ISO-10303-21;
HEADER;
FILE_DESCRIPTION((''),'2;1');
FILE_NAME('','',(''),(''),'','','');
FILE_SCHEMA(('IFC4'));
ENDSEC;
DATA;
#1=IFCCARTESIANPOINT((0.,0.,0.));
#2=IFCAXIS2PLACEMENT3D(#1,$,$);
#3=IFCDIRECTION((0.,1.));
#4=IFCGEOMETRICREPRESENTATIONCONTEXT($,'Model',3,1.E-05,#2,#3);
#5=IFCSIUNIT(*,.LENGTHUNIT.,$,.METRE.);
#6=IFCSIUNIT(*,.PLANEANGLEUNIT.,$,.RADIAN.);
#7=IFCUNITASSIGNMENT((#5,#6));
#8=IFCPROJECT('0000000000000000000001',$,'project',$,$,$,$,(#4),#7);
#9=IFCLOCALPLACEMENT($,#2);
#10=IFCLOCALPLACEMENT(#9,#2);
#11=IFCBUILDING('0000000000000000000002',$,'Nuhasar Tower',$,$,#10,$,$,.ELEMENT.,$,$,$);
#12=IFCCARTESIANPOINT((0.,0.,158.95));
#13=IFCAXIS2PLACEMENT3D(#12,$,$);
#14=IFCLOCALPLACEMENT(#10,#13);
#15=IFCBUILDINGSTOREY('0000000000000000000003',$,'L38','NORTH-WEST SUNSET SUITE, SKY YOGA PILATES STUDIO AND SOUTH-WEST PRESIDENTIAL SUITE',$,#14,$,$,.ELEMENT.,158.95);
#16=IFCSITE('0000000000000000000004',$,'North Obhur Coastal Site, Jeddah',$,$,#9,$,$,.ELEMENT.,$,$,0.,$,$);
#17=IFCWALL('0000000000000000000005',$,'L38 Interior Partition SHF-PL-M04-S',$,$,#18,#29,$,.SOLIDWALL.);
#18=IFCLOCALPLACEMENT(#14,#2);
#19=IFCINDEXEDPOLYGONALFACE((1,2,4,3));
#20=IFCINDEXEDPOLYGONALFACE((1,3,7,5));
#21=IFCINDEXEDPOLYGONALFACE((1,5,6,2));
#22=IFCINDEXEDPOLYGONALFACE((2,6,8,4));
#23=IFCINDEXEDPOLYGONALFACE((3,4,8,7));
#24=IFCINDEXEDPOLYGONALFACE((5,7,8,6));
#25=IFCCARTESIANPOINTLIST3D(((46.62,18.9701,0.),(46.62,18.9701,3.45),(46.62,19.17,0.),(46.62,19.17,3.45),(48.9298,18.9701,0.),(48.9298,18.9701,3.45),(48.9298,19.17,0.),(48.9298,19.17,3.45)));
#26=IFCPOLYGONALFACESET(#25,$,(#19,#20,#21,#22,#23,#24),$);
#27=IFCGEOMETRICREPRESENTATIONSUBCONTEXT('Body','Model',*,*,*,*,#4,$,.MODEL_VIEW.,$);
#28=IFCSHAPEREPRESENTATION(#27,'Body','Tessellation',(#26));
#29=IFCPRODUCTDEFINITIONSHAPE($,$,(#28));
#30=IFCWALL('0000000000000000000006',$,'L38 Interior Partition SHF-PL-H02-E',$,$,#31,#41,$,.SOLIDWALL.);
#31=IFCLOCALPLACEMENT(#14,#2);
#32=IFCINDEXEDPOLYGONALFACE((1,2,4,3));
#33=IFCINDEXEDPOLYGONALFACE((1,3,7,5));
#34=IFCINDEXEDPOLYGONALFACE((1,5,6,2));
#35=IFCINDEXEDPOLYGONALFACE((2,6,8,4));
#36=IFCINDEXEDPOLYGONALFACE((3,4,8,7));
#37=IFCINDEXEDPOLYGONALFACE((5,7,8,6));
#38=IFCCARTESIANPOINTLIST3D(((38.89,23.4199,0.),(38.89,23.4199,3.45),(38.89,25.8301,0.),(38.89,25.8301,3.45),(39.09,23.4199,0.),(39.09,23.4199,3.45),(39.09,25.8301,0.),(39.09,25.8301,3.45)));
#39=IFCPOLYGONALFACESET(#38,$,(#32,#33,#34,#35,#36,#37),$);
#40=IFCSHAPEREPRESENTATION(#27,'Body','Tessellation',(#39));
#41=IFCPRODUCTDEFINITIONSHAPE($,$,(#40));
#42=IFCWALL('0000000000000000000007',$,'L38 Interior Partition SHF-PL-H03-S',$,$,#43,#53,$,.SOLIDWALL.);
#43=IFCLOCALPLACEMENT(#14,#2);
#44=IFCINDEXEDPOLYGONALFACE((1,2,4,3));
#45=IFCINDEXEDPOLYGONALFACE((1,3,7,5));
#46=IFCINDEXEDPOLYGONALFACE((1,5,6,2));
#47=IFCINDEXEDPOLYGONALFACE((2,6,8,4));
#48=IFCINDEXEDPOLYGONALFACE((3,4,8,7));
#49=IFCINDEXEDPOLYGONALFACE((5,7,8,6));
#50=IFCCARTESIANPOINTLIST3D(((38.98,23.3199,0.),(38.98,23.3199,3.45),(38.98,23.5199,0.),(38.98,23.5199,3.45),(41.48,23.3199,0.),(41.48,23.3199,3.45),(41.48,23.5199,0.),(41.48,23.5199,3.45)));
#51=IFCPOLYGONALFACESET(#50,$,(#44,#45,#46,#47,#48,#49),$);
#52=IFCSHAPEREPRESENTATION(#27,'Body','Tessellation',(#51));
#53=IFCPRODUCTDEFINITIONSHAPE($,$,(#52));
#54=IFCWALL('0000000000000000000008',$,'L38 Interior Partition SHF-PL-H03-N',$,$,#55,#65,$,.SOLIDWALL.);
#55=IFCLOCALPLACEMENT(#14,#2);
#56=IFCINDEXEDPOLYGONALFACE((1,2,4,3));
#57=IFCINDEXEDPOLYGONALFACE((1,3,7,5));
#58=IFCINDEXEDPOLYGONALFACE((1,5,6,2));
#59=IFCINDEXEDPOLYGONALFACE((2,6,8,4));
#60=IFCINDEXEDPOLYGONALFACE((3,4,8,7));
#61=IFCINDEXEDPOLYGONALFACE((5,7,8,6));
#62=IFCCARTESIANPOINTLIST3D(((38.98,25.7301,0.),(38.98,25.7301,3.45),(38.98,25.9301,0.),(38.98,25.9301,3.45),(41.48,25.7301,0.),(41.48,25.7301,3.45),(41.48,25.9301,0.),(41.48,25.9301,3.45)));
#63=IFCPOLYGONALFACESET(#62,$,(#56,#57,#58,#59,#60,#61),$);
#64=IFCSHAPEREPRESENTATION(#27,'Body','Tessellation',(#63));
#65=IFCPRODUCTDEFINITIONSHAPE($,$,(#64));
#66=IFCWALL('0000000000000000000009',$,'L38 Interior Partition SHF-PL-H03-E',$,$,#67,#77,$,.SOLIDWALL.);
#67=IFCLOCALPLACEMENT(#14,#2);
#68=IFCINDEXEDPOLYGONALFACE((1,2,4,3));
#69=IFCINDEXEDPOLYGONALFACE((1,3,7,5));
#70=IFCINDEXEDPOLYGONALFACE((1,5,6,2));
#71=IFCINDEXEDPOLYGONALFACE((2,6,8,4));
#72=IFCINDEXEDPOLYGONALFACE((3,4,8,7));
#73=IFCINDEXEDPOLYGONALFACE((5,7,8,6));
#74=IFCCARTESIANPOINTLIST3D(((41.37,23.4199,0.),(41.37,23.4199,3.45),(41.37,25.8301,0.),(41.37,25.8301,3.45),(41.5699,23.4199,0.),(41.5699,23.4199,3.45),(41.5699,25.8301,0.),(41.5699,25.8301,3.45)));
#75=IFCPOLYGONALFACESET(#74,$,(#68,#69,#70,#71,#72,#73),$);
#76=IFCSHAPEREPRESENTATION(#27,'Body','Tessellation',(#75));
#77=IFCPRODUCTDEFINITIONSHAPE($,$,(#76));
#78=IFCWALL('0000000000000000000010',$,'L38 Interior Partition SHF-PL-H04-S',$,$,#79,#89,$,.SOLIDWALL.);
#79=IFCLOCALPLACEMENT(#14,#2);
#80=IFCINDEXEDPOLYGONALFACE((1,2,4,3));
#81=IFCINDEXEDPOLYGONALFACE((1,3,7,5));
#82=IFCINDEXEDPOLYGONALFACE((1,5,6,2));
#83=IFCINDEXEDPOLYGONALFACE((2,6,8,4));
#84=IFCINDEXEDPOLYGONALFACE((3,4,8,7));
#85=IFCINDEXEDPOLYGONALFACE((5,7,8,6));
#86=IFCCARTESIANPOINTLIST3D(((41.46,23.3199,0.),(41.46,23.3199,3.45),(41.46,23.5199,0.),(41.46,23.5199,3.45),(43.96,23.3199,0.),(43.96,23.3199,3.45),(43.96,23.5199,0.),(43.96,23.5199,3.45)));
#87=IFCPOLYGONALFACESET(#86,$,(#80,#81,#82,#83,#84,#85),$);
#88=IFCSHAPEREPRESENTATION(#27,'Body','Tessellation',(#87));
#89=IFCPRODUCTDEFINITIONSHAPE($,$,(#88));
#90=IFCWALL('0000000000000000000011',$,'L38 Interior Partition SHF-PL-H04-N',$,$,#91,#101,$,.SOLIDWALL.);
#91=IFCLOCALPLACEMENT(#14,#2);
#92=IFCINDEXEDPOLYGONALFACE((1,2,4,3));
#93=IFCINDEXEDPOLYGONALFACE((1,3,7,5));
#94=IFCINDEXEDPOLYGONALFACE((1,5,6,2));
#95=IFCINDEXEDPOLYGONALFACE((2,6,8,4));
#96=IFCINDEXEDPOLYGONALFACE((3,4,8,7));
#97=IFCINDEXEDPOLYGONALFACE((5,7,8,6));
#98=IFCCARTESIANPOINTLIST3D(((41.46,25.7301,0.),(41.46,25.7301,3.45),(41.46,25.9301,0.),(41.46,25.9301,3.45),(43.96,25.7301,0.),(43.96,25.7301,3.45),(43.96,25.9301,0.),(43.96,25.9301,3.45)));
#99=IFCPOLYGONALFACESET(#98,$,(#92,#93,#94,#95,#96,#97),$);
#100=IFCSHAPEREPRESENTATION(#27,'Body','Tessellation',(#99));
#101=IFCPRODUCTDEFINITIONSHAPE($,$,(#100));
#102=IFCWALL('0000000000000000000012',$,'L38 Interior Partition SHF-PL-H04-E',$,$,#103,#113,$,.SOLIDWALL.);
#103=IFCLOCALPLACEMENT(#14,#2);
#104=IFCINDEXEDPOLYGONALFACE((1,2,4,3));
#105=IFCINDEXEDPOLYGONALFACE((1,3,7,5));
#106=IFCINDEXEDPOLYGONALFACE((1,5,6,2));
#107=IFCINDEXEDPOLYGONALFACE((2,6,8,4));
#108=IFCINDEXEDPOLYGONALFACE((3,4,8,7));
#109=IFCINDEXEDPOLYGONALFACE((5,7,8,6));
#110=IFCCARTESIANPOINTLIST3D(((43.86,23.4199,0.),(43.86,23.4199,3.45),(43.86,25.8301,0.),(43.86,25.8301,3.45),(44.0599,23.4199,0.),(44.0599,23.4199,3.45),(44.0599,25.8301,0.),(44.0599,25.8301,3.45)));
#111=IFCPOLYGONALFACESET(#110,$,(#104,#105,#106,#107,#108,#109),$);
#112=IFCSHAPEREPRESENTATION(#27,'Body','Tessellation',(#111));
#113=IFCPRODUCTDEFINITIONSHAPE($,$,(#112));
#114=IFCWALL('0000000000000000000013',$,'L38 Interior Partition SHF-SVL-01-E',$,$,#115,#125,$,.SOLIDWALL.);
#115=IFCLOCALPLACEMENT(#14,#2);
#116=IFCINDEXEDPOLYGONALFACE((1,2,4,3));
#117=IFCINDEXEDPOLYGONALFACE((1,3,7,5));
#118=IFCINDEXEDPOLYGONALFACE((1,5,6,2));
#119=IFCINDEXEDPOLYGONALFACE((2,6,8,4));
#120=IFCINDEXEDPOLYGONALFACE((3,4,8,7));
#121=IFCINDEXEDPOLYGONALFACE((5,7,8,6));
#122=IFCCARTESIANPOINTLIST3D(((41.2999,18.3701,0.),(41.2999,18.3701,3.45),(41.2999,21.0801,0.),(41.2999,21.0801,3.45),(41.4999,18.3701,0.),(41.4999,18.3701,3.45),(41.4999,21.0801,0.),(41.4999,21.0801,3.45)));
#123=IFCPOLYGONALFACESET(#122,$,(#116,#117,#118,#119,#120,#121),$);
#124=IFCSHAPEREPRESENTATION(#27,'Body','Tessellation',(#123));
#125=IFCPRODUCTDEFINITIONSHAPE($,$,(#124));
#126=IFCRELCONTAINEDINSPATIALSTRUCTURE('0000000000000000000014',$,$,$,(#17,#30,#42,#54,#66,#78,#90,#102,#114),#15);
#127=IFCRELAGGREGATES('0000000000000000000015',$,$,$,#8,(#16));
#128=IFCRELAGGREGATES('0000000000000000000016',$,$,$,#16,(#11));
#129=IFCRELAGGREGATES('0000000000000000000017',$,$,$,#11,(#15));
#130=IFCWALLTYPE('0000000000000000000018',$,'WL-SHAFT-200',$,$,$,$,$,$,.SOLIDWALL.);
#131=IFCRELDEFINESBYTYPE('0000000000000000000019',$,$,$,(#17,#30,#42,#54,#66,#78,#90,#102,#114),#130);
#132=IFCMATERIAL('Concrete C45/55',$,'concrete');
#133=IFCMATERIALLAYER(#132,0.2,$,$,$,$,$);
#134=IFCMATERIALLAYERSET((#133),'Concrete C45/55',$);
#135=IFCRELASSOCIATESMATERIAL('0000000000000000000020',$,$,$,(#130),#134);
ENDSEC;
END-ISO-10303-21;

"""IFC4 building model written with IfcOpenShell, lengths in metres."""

from ifc_helpers import new_model, si_unit, direction, frame, frame_2d, origin, place, context, subcontext, project, spatial, rectangle, extrude, material, layer, layer_set, type_object, element, save


model = new_model("IFC4")

# Units and contexts
model_context = context("Model", 3, precision=1e-05, world=origin(), true_north=direction((0.0, 1.0)))
body_context = subcontext(model_context, "Body", "Model", "MODEL_VIEW")
ifc_project = project(units=[si_unit("LENGTHUNIT", "METRE"), si_unit("PLANEANGLEUNIT", "RADIAN")], contexts=[model_context])

# Site, building, storey
site_placement = place(None, origin())
site = spatial("IfcSite", under=ifc_project, at=site_placement, Name="North Obhur Coastal Site, Jeddah", CompositionType="ELEMENT", RefElevation=0.0)
building_placement = place(site_placement, origin())
building = spatial("IfcBuilding", under=site, at=building_placement, Name="Nuhasar Tower", CompositionType="ELEMENT")
storey_placement = place(building_placement, frame((0.0, 0.0, 158.95)))
storey = spatial("IfcBuildingStorey", under=building, at=storey_placement, Name="L38", Description="NORTH-WEST SUNSET SUITE, SKY YOGA PILATES STUDIO AND SOUTH-WEST PRESIDENTIAL SUITE", CompositionType="ELEMENT", Elevation=158.95)

# Shared definitions
ifc_material_1 = material(Name="Concrete C45/55", Category="concrete")

# Shared definitions
ifc_layer_1 = layer(ifc_material_1, 0.2)
ifc_layer_set_1 = layer_set([ifc_layer_1], Name="Concrete C45/55")
wall_type_1 = type_object("IfcWallType", Name="WL-SHAFT-200", PredefinedType="SOLIDWALL", material=ifc_layer_set_1)

# Walls
wall_1_placement = place(storey_placement, frame((46.6201, 19.0701, 0.0), z_axis=(0.0, 0.0, 1.0), x_axis=(1.0, 0.0, 0.0)))
element("IfcWall", 1, at=wall_1_placement, inside=storey, type_object=wall_type_1, Name="L38 Interior Partition SHF-PL-M04-S", PredefinedType="SOLIDWALL", context=body_context, shape_type="SweptSolid", body=[
    extrude(rectangle(XDim=2.3098, YDim=0.2, at=frame_2d((1.1548, 0.0))), origin(), (0.0, 0.0, 1.0), 3.45),
])
wall_2_placement = place(storey_placement, frame((38.99, 23.4199, 0.0), z_axis=(0.0, 0.0, 1.0), x_axis=(0.0, 1.0, 0.0)))
element("IfcWall", 2, at=wall_2_placement, inside=storey, type_object=wall_type_1, Name="L38 Interior Partition SHF-PL-H02-E", PredefinedType="SOLIDWALL", context=body_context, shape_type="SweptSolid", body=[
    extrude(rectangle(XDim=2.4102, YDim=0.2, at=frame_2d((1.2051, 0.0))), origin(), (0.0, 0.0, 1.0), 3.45),
])
for number, where, z_axis, x_axis, name in (
    (3, (38.98, 23.4199, 0.0), (0.0, 0.0, 1.0), (1.0, 0.0, 0.0), "L38 Interior Partition SHF-PL-H03-S"),
    (4, (38.98, 25.8301, 0.0), (0.0, 0.0, 1.0), (1.0, 0.0, 0.0), "L38 Interior Partition SHF-PL-H03-N"),
):
    element("IfcWall", number, at=place(storey_placement, frame(where, z_axis=z_axis, x_axis=x_axis)), inside=storey, type_object=wall_type_1, Name=name, PredefinedType="SOLIDWALL", context=body_context, shape_type="SweptSolid", body=[
        extrude(rectangle(XDim=2.5, YDim=0.2, at=frame_2d((1.25, 0.0))), origin(), (0.0, 0.0, 1.0), 3.45),
    ])
wall_3_placement = place(storey_placement, frame((41.47, 23.4199, 0.0), z_axis=(0.0, 0.0, 1.0), x_axis=(0.0, 1.0, 0.0)))
element("IfcWall", 5, at=wall_3_placement, inside=storey, type_object=wall_type_1, Name="L38 Interior Partition SHF-PL-H03-E", PredefinedType="SOLIDWALL", context=body_context, shape_type="SweptSolid", body=[
    extrude(rectangle(XDim=2.4102, YDim=0.2, at=frame_2d((1.2051, 0.0))), origin(), (0.0, 0.0, 1.0), 3.45),
])
for number, where, z_axis, x_axis, name in (
    (6, (41.46, 23.4199, 0.0), (0.0, 0.0, 1.0), (1.0, 0.0, 0.0), "L38 Interior Partition SHF-PL-H04-S"),
    (7, (41.46, 25.8301, 0.0), (0.0, 0.0, 1.0), (1.0, 0.0, 0.0), "L38 Interior Partition SHF-PL-H04-N"),
):
    element("IfcWall", number, at=place(storey_placement, frame(where, z_axis=z_axis, x_axis=x_axis)), inside=storey, type_object=wall_type_1, Name=name, PredefinedType="SOLIDWALL", context=body_context, shape_type="SweptSolid", body=[
        extrude(rectangle(XDim=2.5, YDim=0.2, at=frame_2d((1.25, 0.0))), origin(), (0.0, 0.0, 1.0), 3.45),
    ])
wall_4_placement = place(storey_placement, frame((43.96, 23.4199, 0.0), z_axis=(0.0, 0.0, 1.0), x_axis=(0.0, 1.0, 0.0)))
element("IfcWall", 8, at=wall_4_placement, inside=storey, type_object=wall_type_1, Name="L38 Interior Partition SHF-PL-H04-E", PredefinedType="SOLIDWALL", context=body_context, shape_type="SweptSolid", body=[
    extrude(rectangle(XDim=2.4102, YDim=0.2, at=frame_2d((1.2051, 0.0))), origin(), (0.0, 0.0, 1.0), 3.45),
])
wall_5_placement = place(storey_placement, frame((41.3999, 18.3701, 0.0), z_axis=(0.0, 0.0, 1.0), x_axis=(0.0, 1.0, 0.0)))
element("IfcWall", 9, at=wall_5_placement, inside=storey, type_object=wall_type_1, Name="L38 Interior Partition SHF-SVL-01-E", PredefinedType="SOLIDWALL", context=body_context, shape_type="SweptSolid", body=[
    extrude(rectangle(XDim=2.71, YDim=0.2, at=frame_2d((1.355, 0.0))), origin(), (0.0, 0.0, 1.0), 3.45),
])

save(model, "model.ifc")
